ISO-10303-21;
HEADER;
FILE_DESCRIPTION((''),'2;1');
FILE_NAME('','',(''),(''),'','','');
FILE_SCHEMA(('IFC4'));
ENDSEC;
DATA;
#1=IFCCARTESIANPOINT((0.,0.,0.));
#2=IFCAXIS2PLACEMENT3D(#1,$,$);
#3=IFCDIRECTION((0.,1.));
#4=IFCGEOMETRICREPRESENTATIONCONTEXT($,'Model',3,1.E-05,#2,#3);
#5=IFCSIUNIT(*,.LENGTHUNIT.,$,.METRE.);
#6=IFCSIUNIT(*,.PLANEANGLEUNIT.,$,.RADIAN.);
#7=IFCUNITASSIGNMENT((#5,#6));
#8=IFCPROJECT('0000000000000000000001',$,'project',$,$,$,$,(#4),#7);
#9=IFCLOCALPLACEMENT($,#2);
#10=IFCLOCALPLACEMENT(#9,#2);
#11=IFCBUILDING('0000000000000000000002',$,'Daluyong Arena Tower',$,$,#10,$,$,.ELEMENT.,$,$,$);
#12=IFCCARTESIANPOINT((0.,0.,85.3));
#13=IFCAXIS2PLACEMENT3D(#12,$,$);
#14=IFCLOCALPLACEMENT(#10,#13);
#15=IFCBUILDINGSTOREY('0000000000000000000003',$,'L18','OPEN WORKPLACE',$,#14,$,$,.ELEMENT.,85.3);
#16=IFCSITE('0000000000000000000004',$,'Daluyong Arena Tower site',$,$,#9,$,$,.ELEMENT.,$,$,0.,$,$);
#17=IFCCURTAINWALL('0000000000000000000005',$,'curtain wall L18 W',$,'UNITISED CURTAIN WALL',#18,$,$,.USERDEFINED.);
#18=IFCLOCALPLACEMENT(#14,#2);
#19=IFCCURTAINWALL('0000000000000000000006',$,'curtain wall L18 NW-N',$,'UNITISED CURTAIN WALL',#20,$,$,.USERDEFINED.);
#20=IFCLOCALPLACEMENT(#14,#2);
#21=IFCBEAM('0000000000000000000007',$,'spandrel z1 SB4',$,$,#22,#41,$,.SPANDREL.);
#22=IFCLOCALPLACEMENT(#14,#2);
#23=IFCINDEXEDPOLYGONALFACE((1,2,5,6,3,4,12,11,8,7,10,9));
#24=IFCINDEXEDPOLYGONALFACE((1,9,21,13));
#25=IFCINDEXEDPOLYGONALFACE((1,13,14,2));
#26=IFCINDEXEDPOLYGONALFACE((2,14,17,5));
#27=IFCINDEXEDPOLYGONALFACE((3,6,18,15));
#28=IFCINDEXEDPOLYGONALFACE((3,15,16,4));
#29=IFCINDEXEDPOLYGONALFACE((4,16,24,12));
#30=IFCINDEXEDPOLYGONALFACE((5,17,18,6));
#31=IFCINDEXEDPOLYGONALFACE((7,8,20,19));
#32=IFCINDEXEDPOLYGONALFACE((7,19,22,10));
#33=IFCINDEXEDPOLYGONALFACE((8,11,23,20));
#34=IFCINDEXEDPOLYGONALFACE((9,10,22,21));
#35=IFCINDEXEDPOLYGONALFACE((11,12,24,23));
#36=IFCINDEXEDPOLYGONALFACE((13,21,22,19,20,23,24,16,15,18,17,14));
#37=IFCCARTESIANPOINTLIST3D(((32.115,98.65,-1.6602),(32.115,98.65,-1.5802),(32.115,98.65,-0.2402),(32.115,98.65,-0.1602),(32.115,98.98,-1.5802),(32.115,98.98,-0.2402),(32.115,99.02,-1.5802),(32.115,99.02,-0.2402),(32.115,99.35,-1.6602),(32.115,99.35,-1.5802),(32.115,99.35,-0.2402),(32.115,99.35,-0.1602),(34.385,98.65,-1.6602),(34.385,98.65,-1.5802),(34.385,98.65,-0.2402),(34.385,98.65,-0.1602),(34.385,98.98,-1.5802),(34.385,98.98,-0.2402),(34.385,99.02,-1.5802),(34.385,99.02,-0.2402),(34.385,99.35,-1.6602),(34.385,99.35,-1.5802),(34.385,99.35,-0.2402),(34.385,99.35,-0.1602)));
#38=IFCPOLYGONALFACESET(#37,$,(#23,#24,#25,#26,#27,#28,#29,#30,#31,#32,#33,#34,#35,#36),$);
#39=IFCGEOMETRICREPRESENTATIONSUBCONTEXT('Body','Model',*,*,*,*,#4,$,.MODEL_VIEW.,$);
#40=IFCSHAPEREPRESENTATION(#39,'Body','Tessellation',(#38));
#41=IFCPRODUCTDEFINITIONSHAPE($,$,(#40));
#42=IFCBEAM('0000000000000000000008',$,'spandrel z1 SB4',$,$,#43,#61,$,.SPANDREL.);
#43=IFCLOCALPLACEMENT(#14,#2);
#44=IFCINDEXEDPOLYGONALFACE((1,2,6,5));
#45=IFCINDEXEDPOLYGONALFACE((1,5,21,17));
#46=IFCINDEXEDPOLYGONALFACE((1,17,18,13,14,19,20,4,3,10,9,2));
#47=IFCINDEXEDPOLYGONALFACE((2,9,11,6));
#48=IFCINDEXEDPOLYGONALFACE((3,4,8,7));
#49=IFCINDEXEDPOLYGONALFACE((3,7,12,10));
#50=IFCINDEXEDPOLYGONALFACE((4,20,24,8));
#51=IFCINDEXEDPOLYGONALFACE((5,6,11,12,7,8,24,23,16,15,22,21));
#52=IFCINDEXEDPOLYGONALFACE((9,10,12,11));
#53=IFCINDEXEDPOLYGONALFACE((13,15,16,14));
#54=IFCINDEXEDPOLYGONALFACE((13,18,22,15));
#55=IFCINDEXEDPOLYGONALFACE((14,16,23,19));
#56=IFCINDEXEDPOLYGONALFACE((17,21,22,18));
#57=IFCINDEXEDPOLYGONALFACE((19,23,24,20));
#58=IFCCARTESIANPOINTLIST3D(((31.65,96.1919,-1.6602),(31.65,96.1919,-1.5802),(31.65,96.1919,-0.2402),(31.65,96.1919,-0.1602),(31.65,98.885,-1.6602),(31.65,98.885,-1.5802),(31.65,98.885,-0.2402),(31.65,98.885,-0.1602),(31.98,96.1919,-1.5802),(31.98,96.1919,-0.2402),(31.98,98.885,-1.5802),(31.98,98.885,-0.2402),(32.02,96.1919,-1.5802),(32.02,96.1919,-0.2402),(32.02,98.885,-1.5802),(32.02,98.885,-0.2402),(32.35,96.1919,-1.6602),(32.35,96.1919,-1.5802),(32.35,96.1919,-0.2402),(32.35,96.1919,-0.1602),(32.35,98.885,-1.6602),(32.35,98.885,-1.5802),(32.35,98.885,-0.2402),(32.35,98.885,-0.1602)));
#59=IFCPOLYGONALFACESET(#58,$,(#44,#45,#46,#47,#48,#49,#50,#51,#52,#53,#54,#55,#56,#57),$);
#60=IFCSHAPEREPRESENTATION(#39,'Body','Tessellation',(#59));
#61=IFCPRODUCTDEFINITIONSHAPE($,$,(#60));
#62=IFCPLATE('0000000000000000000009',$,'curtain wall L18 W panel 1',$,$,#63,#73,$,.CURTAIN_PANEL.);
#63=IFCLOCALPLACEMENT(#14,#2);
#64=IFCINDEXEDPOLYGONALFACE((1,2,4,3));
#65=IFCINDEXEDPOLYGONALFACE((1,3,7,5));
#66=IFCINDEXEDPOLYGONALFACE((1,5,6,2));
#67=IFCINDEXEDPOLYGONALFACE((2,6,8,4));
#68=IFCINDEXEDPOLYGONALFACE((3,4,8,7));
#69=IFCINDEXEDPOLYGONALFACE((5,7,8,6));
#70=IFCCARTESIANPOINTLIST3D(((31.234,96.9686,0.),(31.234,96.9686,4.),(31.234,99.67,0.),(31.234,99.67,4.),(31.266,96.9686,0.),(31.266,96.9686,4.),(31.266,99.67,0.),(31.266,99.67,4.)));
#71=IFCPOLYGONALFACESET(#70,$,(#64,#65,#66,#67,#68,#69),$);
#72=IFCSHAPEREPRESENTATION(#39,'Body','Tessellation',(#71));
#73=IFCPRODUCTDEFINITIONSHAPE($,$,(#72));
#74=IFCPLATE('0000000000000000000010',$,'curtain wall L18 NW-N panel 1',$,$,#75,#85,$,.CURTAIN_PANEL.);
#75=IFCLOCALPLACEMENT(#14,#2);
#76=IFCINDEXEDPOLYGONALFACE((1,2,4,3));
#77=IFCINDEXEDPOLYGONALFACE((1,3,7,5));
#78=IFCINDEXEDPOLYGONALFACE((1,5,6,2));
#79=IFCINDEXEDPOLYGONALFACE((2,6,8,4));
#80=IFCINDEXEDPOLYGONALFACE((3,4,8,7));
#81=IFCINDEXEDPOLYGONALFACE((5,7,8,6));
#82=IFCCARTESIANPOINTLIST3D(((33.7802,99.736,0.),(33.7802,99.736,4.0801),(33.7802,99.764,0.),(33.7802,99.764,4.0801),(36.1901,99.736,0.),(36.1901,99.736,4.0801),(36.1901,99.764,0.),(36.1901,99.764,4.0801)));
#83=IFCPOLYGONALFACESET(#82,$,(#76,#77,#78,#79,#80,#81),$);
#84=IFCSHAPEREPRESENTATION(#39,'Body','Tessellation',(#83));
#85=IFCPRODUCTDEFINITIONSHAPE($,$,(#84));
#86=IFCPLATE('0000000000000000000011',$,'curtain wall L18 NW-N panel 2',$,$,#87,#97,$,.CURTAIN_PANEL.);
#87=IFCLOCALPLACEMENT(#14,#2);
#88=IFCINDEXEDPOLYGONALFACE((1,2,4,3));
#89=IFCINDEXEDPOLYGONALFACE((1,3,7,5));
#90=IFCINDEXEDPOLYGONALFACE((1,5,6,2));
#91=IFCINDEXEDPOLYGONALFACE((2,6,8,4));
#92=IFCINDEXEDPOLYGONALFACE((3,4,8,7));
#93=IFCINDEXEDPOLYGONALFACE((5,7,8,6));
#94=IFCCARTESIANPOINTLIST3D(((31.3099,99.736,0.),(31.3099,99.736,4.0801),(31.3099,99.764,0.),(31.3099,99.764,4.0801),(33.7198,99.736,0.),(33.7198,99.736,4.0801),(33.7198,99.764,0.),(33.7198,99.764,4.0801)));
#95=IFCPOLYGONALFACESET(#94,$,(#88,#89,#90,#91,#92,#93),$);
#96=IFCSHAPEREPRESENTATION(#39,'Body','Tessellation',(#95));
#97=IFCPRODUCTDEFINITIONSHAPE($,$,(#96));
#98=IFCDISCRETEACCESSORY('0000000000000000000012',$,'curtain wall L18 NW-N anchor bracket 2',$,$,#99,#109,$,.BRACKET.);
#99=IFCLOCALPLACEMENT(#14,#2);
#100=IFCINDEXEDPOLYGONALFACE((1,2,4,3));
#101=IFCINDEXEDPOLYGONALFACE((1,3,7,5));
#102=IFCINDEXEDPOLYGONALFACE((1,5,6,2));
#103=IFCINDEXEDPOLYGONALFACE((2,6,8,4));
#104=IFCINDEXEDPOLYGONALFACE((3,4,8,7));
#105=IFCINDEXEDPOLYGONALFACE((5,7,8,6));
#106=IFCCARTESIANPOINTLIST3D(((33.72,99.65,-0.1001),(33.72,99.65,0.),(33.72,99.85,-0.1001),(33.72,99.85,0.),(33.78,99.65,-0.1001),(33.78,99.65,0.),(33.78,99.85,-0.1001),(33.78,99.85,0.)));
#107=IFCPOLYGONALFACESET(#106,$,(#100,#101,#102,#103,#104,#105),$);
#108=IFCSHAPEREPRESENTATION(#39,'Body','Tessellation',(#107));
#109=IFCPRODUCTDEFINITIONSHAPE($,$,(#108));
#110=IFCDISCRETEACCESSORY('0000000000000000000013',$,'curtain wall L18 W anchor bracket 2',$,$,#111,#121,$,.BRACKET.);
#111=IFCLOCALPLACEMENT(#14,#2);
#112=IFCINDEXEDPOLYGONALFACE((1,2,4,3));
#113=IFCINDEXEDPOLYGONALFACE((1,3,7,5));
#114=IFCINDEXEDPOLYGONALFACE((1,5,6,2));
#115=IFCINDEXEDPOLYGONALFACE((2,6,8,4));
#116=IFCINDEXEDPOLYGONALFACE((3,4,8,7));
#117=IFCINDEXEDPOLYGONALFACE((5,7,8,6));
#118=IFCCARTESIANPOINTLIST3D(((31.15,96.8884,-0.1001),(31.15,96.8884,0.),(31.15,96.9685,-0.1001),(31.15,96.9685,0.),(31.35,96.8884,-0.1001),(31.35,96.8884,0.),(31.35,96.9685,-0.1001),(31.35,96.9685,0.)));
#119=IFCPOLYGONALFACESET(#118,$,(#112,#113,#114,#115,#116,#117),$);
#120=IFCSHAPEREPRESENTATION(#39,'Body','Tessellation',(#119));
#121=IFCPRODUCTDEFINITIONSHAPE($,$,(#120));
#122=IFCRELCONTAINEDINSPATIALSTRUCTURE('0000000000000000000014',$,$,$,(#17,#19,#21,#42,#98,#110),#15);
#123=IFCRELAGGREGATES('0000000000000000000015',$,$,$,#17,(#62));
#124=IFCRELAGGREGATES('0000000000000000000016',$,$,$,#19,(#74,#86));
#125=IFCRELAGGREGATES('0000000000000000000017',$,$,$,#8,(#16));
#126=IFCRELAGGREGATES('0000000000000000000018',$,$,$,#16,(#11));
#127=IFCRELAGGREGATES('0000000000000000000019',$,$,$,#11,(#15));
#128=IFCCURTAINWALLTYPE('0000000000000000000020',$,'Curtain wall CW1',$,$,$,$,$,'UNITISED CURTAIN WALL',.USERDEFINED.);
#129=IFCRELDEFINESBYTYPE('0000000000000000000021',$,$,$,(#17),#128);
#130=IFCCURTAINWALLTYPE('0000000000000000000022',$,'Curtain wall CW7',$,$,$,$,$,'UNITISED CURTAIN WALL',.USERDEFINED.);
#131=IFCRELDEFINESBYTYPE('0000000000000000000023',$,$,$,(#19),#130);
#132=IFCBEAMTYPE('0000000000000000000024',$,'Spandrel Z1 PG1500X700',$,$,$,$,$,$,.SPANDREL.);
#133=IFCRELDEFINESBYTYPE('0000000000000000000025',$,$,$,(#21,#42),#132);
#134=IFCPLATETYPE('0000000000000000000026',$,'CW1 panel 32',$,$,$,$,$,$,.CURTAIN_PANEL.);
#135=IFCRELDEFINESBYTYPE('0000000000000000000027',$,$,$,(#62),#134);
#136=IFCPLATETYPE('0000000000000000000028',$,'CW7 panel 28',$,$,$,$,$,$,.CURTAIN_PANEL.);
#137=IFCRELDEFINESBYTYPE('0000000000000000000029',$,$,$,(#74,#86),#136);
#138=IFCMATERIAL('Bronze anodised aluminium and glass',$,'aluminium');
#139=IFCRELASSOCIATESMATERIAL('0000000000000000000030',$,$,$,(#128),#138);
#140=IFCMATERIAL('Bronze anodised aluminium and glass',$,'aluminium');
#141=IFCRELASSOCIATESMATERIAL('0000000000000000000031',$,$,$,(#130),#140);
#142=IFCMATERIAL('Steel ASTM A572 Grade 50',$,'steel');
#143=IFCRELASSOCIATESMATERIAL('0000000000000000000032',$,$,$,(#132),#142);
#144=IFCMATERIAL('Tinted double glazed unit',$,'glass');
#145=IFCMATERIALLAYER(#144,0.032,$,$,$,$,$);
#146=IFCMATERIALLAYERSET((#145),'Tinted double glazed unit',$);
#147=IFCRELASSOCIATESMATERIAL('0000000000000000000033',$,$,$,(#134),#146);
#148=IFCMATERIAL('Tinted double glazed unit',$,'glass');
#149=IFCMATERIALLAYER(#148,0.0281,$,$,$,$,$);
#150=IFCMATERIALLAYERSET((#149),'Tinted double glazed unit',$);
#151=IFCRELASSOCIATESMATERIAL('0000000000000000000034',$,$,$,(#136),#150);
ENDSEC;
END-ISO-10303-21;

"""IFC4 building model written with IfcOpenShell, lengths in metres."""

from ifc_helpers import new_model, si_unit, direction, frame, origin, origin_2d, place, context, subcontext, project, spatial, rectangle, i_section, extrude, material, layer, layer_set, material_profile, profile_set, type_object, element, aggregate, save


model = new_model("IFC4")

# Units and contexts
model_context = context("Model", 3, precision=1e-05, world=origin(), true_north=direction((0.0, 1.0)))
body_context = subcontext(model_context, "Body", "Model", "MODEL_VIEW")
ifc_project = project(units=[si_unit("LENGTHUNIT", "METRE"), si_unit("PLANEANGLEUNIT", "RADIAN")], contexts=[model_context])

# Site, building, storey
site_placement = place(None, origin())
site = spatial("IfcSite", under=ifc_project, at=site_placement, Name="Daluyong Arena Tower site", CompositionType="ELEMENT", RefElevation=0.0)
building_placement = place(site_placement, origin())
building = spatial("IfcBuilding", under=site, at=building_placement, Name="Daluyong Arena Tower", CompositionType="ELEMENT")
storey_placement = place(building_placement, frame((0.0, 0.0, 85.3)))
storey = spatial("IfcBuildingStorey", under=building, at=storey_placement, Name="L18", Description="OPEN WORKPLACE", CompositionType="ELEMENT", Elevation=85.3)

# Curtain walls
ifc_material_1 = material(Name="Bronze anodised aluminium and glass", Category="aluminium")
curtain_wall_type_1 = type_object("IfcCurtainWallType", Name="Curtain wall CW1", ElementType="UNITISED CURTAIN WALL", PredefinedType="USERDEFINED", material=ifc_material_1)
curtain_wall_1_placement = place(storey_placement, origin())
curtain_wall_1 = element("IfcCurtainWall", 1, at=curtain_wall_1_placement, inside=storey, type_object=curtain_wall_type_1, Name="curtain wall L18 W", ObjectType="UNITISED CURTAIN WALL", PredefinedType="USERDEFINED")
ifc_material_2 = material(Name="Bronze anodised aluminium and glass", Category="aluminium")
curtain_wall_type_2 = type_object("IfcCurtainWallType", Name="Curtain wall CW7", ElementType="UNITISED CURTAIN WALL", PredefinedType="USERDEFINED", material=ifc_material_2)
curtain_wall_2_placement = place(storey_placement, origin())
curtain_wall_2 = element("IfcCurtainWall", 2, at=curtain_wall_2_placement, inside=storey, type_object=curtain_wall_type_2, Name="curtain wall L18 NW-N", ObjectType="UNITISED CURTAIN WALL", PredefinedType="USERDEFINED")

# Beams
ifc_material_3 = material(Name="Steel ASTM A572 Grade 50", Category="steel")
ifc_material_profile_1 = material_profile(ifc_material_3, i_section(OverallWidth=0.7, OverallDepth=1.5, WebThickness=0.04, FlangeThickness=0.08, at=origin_2d()))
ifc_profile_set_1 = profile_set([ifc_material_profile_1], Name="Steel ASTM A572 Grade 50")
beam_type = type_object("IfcBeamType", Name="Spandrel Z1 PG1500X700", PredefinedType="SPANDREL", material=ifc_profile_set_1)
beam_1_placement = place(storey_placement, frame((34.385, 99.0, -0.9102), z_axis=(-1.0, 0.0, 0.0), x_axis=(0.0, -1.0, 0.0)))
element("IfcBeam", 3, at=beam_1_placement, inside=storey, type_object=beam_type, Name="spandrel z1 SB4", PredefinedType="SPANDREL", context=body_context, shape_type="SweptSolid", body=[
    extrude(i_section(OverallWidth=0.7, OverallDepth=1.5, WebThickness=0.04, FlangeThickness=0.08, at=origin_2d()), origin(), (0.0, 0.0, 1.0), 2.27),
])
beam_2_placement = place(storey_placement, frame((32.0, 98.885, -0.9102), z_axis=(0.0, -1.0, 0.0), x_axis=(1.0, 0.0, 0.0)))
element("IfcBeam", 4, at=beam_2_placement, inside=storey, type_object=beam_type, Name="spandrel z1 SB4", PredefinedType="SPANDREL", context=body_context, shape_type="SweptSolid", body=[
    extrude(i_section(OverallWidth=0.7, OverallDepth=1.5, WebThickness=0.04, FlangeThickness=0.08, at=origin_2d()), origin(), (0.0, 0.0, 1.0), 2.6931),
])

# Plates
ifc_material_4 = material(Name="Tinted double glazed unit", Category="glass")
ifc_layer_1 = layer(ifc_material_4, 0.032)
ifc_layer_set_1 = layer_set([ifc_layer_1], Name="Tinted double glazed unit")
plate_type_1 = type_object("IfcPlateType", Name="CW1 panel 32", PredefinedType="CURTAIN_PANEL", material=ifc_layer_set_1)
plate_1_placement = place(storey_placement, frame((31.25, 98.3193, 0.0), z_axis=(0.0, 0.0, 1.0), x_axis=(0.0, -1.0, 0.0)))
plate_1 = element("IfcPlate", 5, at=plate_1_placement, type_object=plate_type_1, Name="curtain wall L18 W panel 1", PredefinedType="CURTAIN_PANEL", context=body_context, shape_type="SweptSolid", body=[
    extrude(rectangle(XDim=2.7014, YDim=0.032, at=origin_2d()), origin(), (0.0, 0.0, 1.0), 4.0),
])
aggregate(curtain_wall_1, [plate_1])
ifc_material_5 = material(Name="Tinted double glazed unit", Category="glass")
ifc_layer_2 = layer(ifc_material_5, 0.0281)
ifc_layer_set_2 = layer_set([ifc_layer_2], Name="Tinted double glazed unit")
plate_type_2 = type_object("IfcPlateType", Name="CW7 panel 28", PredefinedType="CURTAIN_PANEL", material=ifc_layer_set_2)
plate_2_placement = place(storey_placement, frame((34.9851, 99.75, 0.0), z_axis=(0.0, 0.0, 1.0), x_axis=(-1.0, 0.0, 0.0)))
plate_2 = element("IfcPlate", 6, at=plate_2_placement, type_object=plate_type_2, Name="curtain wall L18 NW-N panel 1", PredefinedType="CURTAIN_PANEL", context=body_context, shape_type="SweptSolid", body=[
    extrude(rectangle(XDim=2.4099, YDim=0.0281, at=origin_2d()), origin(), (0.0, 0.0, 1.0), 4.0801),
])
plate_3_placement = place(storey_placement, frame((32.5149, 99.75, 0.0), z_axis=(0.0, 0.0, 1.0), x_axis=(-1.0, 0.0, 0.0)))
plate_3 = element("IfcPlate", 7, at=plate_3_placement, type_object=plate_type_2, Name="curtain wall L18 NW-N panel 2", PredefinedType="CURTAIN_PANEL", context=body_context, shape_type="SweptSolid", body=[
    extrude(rectangle(XDim=2.4099, YDim=0.0281, at=origin_2d()), origin(), (0.0, 0.0, 1.0), 4.0801),
])
aggregate(curtain_wall_2, [plate_2, plate_3])

# Discrete accessories
discrete_accessory_1_placement = place(storey_placement, frame((33.75, 99.75, -0.1001), z_axis=(0.0, 0.0, 1.0), x_axis=(-1.0, 0.0, 0.0)))
element("IfcDiscreteAccessory", 8, at=discrete_accessory_1_placement, inside=storey, Name="curtain wall L18 NW-N anchor bracket 2", PredefinedType="BRACKET", context=body_context, shape_type="SweptSolid", body=[
    extrude(rectangle(XDim=0.0601, YDim=0.2, at=origin_2d()), origin(), (0.0, 0.0, 1.0), 0.1001),
])
discrete_accessory_2_placement = place(storey_placement, frame((31.25, 96.9285, -0.1001), z_axis=(0.0, 0.0, 1.0), x_axis=(0.0, -1.0, 0.0)))
element("IfcDiscreteAccessory", 9, at=discrete_accessory_2_placement, inside=storey, Name="curtain wall L18 W anchor bracket 2", PredefinedType="BRACKET", context=body_context, shape_type="SweptSolid", body=[
    extrude(rectangle(XDim=0.0801, YDim=0.2, at=origin_2d()), origin(), (0.0, 0.0, 1.0), 0.1001),
])

save(model, "model.ifc")
